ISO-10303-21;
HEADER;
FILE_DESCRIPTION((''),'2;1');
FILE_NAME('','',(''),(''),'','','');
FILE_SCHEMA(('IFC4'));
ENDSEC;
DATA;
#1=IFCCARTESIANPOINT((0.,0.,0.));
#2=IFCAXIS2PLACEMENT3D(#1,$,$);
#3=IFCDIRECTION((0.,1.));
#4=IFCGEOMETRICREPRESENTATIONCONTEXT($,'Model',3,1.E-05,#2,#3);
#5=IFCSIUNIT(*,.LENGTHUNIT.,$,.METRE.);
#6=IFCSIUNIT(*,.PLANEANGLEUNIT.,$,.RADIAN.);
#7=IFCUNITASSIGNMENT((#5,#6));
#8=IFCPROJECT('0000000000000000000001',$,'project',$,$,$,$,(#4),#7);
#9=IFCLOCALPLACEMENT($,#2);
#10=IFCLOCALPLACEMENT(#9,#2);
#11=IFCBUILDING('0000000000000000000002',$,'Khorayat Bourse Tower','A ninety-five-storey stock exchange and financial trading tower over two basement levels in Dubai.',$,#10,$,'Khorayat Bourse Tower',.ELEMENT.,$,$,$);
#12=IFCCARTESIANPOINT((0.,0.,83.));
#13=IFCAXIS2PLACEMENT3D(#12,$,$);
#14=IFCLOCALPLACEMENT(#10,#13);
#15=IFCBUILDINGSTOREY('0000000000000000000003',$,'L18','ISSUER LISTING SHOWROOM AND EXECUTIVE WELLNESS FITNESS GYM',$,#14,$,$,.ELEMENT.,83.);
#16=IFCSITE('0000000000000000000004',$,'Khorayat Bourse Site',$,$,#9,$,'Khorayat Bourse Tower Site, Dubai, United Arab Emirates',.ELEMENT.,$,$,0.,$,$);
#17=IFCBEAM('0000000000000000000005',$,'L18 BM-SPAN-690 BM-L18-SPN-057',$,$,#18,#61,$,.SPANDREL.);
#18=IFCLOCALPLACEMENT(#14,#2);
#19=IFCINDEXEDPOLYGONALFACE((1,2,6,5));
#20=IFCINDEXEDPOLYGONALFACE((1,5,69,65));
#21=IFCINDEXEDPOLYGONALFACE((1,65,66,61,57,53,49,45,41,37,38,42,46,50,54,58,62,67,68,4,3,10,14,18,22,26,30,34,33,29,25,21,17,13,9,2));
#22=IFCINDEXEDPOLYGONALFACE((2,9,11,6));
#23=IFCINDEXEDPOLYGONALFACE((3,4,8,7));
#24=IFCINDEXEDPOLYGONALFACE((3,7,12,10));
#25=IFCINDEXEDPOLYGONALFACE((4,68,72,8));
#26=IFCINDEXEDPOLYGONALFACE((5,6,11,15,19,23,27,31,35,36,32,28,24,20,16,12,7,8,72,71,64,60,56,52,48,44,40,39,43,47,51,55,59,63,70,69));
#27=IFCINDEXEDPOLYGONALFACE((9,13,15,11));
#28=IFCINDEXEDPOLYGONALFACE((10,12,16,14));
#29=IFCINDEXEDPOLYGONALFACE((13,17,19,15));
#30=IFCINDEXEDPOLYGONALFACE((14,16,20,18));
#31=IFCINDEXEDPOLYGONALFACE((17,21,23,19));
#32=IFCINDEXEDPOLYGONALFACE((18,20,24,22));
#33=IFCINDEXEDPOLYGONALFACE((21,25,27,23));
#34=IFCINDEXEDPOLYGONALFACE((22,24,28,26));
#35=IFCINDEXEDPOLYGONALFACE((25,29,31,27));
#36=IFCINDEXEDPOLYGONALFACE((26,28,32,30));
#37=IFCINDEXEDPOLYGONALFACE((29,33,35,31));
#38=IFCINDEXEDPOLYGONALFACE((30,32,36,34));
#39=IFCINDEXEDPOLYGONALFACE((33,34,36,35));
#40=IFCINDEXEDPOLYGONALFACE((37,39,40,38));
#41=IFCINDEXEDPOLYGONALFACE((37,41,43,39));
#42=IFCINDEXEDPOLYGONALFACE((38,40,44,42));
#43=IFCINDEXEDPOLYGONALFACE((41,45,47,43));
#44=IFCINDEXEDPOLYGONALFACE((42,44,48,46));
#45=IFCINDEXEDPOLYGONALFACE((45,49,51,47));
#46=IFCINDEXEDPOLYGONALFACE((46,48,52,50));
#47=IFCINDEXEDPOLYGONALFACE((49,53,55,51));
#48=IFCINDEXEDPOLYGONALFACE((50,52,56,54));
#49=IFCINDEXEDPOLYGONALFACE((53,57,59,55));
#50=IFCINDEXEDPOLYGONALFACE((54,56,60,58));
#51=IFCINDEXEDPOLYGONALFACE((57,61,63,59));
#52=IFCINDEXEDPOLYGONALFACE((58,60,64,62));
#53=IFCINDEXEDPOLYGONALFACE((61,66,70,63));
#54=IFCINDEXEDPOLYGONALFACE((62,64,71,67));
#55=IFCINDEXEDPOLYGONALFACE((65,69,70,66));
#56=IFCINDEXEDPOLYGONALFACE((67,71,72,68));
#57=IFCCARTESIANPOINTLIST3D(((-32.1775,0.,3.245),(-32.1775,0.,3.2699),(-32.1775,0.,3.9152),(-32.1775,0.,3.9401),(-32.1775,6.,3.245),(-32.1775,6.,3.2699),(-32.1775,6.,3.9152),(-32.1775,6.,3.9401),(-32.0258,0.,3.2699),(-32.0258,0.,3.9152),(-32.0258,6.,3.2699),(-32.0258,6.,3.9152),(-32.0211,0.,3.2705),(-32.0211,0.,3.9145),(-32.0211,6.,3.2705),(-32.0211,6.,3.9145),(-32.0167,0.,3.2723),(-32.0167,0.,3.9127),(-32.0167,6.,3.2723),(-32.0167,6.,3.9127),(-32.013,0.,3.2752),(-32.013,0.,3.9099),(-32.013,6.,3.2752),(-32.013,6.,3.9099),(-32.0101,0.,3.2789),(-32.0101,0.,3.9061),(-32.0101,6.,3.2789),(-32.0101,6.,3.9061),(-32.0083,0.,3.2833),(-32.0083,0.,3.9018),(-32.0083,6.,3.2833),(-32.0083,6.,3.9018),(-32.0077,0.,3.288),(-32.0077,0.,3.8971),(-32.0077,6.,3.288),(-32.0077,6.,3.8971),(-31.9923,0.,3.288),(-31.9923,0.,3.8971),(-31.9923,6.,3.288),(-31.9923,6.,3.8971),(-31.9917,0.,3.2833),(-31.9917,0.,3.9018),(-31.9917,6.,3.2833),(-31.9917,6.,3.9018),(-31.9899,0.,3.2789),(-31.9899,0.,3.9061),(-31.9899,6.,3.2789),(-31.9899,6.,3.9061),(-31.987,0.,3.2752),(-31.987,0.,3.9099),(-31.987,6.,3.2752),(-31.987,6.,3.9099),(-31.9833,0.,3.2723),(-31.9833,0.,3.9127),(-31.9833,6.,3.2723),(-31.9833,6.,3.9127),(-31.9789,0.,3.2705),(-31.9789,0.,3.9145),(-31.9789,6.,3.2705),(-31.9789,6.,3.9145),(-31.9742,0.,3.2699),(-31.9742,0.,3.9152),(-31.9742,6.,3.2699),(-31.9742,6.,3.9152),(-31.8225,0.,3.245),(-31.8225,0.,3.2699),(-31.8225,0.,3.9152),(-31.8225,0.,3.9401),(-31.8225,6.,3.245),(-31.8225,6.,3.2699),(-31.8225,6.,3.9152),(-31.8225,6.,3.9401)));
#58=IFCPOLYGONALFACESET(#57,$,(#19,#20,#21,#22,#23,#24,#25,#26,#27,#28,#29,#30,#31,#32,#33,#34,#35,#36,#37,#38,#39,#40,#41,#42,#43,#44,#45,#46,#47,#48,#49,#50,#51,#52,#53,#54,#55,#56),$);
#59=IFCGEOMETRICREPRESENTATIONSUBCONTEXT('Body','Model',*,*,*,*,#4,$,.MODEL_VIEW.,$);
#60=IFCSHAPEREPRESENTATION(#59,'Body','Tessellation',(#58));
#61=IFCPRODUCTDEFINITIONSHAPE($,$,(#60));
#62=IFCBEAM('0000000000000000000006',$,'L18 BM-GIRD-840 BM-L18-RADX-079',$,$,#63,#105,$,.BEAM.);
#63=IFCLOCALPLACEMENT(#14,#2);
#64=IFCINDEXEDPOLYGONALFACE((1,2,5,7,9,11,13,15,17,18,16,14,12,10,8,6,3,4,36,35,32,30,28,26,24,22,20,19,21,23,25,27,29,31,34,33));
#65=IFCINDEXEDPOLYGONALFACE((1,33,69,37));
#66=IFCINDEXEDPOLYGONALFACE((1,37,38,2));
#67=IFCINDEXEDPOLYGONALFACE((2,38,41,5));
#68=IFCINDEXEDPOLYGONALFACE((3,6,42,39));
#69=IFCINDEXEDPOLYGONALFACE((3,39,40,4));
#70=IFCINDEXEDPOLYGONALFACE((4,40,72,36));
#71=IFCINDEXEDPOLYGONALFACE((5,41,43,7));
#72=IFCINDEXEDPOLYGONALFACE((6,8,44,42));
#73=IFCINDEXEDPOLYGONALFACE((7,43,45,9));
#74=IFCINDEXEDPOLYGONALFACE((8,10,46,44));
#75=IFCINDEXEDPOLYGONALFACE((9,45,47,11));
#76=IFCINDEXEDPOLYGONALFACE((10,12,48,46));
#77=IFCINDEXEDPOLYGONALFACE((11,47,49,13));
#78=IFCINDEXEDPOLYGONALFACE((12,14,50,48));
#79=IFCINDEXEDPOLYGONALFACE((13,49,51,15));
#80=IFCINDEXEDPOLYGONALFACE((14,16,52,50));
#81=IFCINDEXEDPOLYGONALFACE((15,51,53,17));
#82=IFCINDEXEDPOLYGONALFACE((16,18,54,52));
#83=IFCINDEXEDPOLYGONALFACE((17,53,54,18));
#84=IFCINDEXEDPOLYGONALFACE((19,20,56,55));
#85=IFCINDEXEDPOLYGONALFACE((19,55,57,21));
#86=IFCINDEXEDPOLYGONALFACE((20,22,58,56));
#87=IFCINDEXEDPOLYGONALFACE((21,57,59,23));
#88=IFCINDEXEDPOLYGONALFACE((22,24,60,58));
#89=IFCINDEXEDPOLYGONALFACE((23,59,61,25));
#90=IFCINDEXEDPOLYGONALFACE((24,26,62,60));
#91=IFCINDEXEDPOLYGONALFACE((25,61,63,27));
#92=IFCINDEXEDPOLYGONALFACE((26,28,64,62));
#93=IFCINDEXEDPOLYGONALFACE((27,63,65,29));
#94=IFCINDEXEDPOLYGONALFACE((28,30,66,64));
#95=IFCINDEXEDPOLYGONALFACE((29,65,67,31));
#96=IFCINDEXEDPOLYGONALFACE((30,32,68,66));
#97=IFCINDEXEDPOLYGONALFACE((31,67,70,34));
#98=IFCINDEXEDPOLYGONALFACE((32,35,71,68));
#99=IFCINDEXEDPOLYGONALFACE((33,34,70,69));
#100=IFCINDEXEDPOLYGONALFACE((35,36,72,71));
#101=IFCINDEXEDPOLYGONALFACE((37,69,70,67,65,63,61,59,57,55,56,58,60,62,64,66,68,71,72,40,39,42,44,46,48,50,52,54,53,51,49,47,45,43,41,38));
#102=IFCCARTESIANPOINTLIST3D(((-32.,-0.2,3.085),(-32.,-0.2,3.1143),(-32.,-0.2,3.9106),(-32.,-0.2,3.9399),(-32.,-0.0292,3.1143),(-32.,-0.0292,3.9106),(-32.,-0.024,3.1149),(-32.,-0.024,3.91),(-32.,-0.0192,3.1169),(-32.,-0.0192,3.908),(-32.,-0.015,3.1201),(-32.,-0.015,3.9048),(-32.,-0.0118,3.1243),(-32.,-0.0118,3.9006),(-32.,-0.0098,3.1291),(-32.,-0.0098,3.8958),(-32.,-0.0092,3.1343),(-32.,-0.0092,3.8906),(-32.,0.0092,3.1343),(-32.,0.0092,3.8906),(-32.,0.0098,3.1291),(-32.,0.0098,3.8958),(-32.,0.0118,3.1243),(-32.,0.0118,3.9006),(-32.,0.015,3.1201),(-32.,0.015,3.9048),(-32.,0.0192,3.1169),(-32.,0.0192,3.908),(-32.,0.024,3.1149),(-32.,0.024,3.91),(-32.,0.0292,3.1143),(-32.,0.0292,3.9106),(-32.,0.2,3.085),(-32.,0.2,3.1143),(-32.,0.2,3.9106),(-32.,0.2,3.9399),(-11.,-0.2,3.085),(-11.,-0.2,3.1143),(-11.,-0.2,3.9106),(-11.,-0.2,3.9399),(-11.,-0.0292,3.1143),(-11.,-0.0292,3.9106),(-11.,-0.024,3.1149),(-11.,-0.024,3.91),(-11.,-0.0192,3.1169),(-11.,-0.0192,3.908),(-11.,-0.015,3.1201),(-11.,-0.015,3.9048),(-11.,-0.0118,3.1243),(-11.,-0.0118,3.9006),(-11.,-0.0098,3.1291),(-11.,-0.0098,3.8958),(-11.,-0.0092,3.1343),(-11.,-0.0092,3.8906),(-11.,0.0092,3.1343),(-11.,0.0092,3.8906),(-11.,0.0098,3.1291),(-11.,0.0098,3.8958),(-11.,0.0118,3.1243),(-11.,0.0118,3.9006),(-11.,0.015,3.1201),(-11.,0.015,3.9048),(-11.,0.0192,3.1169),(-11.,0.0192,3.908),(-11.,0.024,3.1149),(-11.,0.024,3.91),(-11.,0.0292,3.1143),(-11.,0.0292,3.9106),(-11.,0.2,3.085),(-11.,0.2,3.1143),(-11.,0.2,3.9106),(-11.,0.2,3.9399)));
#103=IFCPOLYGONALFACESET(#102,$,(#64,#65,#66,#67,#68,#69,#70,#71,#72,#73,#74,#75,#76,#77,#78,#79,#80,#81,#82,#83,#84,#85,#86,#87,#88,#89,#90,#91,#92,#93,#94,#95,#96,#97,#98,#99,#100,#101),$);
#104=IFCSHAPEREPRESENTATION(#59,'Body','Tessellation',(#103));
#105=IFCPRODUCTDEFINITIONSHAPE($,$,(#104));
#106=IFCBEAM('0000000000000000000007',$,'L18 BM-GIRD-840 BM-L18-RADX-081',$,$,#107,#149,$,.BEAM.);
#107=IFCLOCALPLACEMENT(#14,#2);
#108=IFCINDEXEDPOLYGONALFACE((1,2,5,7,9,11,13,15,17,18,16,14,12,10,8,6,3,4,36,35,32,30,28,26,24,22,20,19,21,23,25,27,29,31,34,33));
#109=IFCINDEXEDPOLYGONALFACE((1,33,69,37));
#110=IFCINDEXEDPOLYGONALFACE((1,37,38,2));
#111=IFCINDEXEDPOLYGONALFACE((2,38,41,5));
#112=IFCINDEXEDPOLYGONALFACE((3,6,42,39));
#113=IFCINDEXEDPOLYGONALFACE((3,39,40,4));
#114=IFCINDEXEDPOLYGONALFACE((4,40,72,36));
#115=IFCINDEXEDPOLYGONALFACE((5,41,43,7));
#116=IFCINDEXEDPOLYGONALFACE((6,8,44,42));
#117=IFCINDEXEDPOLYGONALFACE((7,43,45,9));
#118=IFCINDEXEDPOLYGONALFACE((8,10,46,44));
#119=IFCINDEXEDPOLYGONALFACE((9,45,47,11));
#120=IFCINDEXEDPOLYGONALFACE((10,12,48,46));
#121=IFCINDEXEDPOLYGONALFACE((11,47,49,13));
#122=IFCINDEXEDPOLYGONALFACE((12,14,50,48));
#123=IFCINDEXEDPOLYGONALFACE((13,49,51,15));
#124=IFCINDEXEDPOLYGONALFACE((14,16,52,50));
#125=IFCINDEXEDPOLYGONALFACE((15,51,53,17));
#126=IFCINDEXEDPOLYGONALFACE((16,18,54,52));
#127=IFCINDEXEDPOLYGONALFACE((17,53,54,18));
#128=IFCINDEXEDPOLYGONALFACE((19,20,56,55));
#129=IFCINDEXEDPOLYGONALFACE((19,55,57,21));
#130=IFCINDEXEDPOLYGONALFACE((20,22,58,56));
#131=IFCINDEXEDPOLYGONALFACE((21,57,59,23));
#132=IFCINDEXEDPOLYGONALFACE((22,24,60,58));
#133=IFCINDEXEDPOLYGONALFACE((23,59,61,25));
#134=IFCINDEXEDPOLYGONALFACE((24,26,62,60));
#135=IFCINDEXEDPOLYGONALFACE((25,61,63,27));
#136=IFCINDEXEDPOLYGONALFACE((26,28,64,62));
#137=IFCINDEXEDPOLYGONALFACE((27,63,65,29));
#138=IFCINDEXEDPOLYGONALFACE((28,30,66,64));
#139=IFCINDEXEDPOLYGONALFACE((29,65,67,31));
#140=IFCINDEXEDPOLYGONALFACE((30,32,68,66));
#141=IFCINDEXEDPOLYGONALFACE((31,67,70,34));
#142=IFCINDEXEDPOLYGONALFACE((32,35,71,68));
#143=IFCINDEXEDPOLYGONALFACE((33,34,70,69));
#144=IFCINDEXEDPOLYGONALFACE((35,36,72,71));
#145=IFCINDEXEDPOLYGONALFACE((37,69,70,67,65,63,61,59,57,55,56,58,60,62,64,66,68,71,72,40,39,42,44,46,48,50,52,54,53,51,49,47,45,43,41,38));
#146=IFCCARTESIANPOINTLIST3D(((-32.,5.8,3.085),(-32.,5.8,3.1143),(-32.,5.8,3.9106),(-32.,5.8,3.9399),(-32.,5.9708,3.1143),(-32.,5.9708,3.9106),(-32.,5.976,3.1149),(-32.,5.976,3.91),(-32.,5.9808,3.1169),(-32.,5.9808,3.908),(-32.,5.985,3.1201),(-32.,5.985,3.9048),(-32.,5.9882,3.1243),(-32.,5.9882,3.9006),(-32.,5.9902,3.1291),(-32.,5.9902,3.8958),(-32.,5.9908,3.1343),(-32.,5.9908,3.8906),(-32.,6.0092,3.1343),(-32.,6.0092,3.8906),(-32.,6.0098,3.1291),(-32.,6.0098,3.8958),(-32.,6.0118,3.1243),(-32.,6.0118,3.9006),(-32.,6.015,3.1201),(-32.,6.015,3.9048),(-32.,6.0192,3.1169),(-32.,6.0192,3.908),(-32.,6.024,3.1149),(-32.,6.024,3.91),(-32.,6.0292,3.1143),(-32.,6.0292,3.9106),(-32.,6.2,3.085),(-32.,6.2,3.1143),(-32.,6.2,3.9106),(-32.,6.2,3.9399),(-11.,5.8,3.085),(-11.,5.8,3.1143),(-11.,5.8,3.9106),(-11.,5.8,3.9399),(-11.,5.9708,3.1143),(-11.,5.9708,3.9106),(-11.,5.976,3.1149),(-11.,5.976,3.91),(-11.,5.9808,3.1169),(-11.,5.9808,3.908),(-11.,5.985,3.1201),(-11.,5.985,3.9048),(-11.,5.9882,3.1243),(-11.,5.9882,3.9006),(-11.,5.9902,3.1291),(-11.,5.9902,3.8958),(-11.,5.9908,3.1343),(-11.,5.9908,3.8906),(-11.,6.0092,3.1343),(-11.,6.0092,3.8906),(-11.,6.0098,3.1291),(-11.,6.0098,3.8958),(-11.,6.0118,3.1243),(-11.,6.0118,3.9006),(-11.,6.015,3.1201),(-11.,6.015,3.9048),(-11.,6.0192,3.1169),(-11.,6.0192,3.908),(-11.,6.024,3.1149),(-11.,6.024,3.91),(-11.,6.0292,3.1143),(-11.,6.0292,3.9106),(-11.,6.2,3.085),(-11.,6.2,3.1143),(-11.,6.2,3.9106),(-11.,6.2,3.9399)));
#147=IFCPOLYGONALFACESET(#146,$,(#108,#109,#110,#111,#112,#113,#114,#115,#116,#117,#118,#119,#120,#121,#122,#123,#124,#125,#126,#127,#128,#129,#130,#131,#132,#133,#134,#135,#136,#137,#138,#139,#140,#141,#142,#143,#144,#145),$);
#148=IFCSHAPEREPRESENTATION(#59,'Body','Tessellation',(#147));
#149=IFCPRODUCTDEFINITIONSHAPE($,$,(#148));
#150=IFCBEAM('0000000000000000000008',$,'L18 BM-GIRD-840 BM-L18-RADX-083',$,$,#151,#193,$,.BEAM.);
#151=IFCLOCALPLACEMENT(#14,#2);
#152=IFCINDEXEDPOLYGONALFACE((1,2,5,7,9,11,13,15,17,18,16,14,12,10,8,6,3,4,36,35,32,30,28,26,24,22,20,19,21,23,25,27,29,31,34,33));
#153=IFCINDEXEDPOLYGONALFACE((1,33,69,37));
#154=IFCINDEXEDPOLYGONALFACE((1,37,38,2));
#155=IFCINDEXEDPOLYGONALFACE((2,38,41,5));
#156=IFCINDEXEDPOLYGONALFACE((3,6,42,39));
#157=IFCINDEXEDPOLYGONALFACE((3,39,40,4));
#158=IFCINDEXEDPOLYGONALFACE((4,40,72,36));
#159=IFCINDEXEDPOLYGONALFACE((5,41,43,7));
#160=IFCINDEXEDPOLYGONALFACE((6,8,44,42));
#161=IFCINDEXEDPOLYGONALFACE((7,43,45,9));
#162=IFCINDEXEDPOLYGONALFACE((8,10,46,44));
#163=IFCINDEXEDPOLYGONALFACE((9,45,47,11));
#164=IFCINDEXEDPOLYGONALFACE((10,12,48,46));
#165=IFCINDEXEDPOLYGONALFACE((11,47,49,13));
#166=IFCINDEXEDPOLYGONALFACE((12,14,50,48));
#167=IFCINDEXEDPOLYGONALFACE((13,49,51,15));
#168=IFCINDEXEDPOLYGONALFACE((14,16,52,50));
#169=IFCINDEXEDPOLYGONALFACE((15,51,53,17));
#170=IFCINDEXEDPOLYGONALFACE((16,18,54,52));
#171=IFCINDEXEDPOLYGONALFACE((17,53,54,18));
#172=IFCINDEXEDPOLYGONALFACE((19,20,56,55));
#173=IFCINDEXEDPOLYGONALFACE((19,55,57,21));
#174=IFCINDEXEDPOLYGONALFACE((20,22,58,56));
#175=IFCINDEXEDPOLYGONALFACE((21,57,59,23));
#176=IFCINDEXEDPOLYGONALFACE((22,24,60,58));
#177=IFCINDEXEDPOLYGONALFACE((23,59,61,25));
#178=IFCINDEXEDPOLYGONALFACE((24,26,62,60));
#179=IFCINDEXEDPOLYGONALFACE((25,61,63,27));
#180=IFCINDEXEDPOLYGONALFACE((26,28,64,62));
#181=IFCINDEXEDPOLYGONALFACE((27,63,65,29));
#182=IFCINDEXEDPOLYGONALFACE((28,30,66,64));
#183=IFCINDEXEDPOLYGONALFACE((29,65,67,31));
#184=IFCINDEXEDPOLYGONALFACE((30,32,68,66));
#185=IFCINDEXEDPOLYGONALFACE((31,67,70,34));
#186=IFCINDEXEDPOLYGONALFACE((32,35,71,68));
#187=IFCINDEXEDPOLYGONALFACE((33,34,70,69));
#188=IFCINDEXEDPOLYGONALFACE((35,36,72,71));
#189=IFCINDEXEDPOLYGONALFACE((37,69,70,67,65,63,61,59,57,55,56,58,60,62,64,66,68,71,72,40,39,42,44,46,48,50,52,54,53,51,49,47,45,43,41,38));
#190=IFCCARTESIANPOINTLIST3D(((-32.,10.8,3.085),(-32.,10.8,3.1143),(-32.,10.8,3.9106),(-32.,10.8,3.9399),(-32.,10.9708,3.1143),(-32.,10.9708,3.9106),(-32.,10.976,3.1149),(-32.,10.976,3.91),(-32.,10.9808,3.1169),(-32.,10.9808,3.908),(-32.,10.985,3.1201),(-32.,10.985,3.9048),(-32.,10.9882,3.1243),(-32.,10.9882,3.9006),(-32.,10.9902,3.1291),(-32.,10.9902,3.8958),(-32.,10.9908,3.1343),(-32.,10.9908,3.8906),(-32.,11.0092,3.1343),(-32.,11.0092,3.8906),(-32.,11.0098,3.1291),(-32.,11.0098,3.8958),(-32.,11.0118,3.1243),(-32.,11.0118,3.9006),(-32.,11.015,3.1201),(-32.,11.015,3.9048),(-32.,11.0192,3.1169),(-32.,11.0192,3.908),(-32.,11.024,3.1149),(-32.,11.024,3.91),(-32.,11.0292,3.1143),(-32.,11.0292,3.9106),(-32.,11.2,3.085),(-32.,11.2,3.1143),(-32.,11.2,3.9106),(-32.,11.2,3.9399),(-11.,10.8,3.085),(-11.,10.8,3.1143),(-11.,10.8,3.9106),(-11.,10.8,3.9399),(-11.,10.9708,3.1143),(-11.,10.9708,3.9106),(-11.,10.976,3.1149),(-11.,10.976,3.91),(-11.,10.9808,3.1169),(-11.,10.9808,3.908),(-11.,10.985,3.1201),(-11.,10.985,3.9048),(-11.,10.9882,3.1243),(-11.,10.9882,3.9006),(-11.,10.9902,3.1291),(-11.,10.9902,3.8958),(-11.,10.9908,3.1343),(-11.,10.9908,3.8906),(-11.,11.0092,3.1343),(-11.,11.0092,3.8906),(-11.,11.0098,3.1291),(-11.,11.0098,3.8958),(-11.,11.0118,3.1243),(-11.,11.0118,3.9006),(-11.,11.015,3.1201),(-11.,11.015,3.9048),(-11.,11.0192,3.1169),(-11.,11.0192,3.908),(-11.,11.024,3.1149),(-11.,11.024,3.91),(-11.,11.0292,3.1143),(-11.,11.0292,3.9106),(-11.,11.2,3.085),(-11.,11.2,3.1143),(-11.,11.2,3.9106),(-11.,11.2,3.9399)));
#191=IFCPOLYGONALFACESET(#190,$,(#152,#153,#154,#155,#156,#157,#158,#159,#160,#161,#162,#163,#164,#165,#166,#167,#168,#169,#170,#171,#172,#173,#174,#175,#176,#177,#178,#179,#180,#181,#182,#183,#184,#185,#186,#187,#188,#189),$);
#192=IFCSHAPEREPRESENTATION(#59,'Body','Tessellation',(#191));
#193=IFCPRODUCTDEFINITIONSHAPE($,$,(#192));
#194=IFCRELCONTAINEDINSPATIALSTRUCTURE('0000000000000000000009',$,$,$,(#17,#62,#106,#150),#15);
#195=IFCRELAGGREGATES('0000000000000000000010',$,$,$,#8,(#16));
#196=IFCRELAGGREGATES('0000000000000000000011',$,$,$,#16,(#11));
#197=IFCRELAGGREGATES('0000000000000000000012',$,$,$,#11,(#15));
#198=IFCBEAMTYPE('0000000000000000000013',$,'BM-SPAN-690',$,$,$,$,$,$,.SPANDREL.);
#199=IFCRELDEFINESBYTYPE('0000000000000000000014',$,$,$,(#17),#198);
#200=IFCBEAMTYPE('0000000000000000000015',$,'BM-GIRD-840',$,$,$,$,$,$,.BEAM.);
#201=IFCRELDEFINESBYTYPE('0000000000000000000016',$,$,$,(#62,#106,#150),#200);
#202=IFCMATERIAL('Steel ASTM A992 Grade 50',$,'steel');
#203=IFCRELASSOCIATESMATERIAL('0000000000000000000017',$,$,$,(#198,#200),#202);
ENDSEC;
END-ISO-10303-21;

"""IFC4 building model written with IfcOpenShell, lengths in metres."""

from ifc_helpers import new_model, si_unit, direction, frame, origin, origin_2d, place, context, subcontext, project, spatial, i_section, extrude, source, transform, mapped, material, material_profile, profile_set, type_object, element, save


model = new_model("IFC4")

# Units and contexts
model_context = context("Model", 3, precision=1e-05, world=origin(), true_north=direction((0.0, 1.0)))
body_context = subcontext(model_context, "Body", "Model", "MODEL_VIEW")
ifc_project = project(units=[si_unit("LENGTHUNIT", "METRE"), si_unit("PLANEANGLEUNIT", "RADIAN")], contexts=[model_context])

# Site, building, storey
site_placement = place(None, origin())
site = spatial("IfcSite", under=ifc_project, at=site_placement, Name="Khorayat Bourse Site", LongName="Khorayat Bourse Tower Site, Dubai, United Arab Emirates", CompositionType="ELEMENT", RefElevation=0.0)
building_placement = place(site_placement, origin())
building = spatial("IfcBuilding", under=site, at=building_placement, Name="Khorayat Bourse Tower", Description="A ninety-five-storey stock exchange and financial trading tower over two basement levels in Dubai.", LongName="Khorayat Bourse Tower", CompositionType="ELEMENT")
storey_placement = place(building_placement, frame((0.0, 0.0, 83.0)))
storey = spatial("IfcBuildingStorey", under=building, at=storey_placement, Name="L18", Description="ISSUER LISTING SHOWROOM AND EXECUTIVE WELLNESS FITNESS GYM", CompositionType="ELEMENT", Elevation=83.0)

# Beams
ifc_material_1 = material(Name="Steel ASTM A992 Grade 50", Category="steel")
ifc_material_profile_1 = material_profile(ifc_material_1, i_section(OverallWidth=0.355, OverallDepth=0.6951, WebThickness=0.0154, FlangeThickness=0.0249, FilletRadius=0.0181, at=origin_2d()), Name="W690X217")
ifc_profile_set_1 = profile_set([ifc_material_profile_1], Name="Steel ASTM A992 Grade 50")
beam_type_1 = type_object("IfcBeamType", Name="BM-SPAN-690", PredefinedType="SPANDREL", material=ifc_profile_set_1)
shared_shape_1 = source(origin(), body_context, "Body", "SweptSolid", [
    extrude(i_section(OverallWidth=0.355, OverallDepth=0.6951, WebThickness=0.0154, FlangeThickness=0.0249, FilletRadius=0.0181, at=origin_2d()), origin(), (0.0, 0.0, 1.0), 6.0),
])
beam_1_placement = place(storey_placement, frame((-32.0, 0.0, 3.5925), z_axis=(0.0, 1.0, 0.0), x_axis=(-1.0, 0.0, 0.0)))
element("IfcBeam", 1, at=beam_1_placement, inside=storey, type_object=beam_type_1, Name="L18 BM-SPAN-690 BM-L18-SPN-057", PredefinedType="SPANDREL", context=body_context, shape_type="MappedRepresentation", body=[
    mapped(shared_shape_1, transform((0.0, 0.0, 0.0), scale=1.0)),
])
ifc_material_profile_2 = material_profile(ifc_material_1, i_section(OverallWidth=0.3999, OverallDepth=0.855, WebThickness=0.0183, FlangeThickness=0.0293, FilletRadius=0.02, at=origin_2d()), Name="W840X299")
ifc_profile_set_2 = profile_set([ifc_material_profile_2], Name="Steel ASTM A992 Grade 50")
beam_type_2 = type_object("IfcBeamType", Name="BM-GIRD-840", PredefinedType="BEAM", material=ifc_profile_set_2)
shared_shape_2 = source(origin(), body_context, "Body", "SweptSolid", [
    extrude(i_section(OverallWidth=0.3999, OverallDepth=0.855, WebThickness=0.0183, FlangeThickness=0.0293, FilletRadius=0.02, at=origin_2d()), origin(), (0.0, 0.0, 1.0), 21.0),
])
for number, where, z_axis, x_axis, name in (
    (2, (-32.0, 0.0, 3.5125), (1.0, 0.0, 0.0), (0.0, 1.0, 0.0), "L18 BM-GIRD-840 BM-L18-RADX-079"),
    (3, (-32.0, 6.0, 3.5125), (1.0, 0.0, 0.0), (0.0, 1.0, 0.0), "L18 BM-GIRD-840 BM-L18-RADX-081"),
    (4, (-32.0, 11.0, 3.5125), (1.0, 0.0, 0.0), (0.0, 1.0, 0.0), "L18 BM-GIRD-840 BM-L18-RADX-083"),
):
    element("IfcBeam", number, at=place(storey_placement, frame(where, z_axis=z_axis, x_axis=x_axis)), inside=storey, type_object=beam_type_2, Name=name, PredefinedType="BEAM", context=body_context, shape_type="MappedRepresentation", body=[
        mapped(shared_shape_2, transform((0.0, 0.0, 0.0), scale=1.0)),
    ])

save(model, "model.ifc")
